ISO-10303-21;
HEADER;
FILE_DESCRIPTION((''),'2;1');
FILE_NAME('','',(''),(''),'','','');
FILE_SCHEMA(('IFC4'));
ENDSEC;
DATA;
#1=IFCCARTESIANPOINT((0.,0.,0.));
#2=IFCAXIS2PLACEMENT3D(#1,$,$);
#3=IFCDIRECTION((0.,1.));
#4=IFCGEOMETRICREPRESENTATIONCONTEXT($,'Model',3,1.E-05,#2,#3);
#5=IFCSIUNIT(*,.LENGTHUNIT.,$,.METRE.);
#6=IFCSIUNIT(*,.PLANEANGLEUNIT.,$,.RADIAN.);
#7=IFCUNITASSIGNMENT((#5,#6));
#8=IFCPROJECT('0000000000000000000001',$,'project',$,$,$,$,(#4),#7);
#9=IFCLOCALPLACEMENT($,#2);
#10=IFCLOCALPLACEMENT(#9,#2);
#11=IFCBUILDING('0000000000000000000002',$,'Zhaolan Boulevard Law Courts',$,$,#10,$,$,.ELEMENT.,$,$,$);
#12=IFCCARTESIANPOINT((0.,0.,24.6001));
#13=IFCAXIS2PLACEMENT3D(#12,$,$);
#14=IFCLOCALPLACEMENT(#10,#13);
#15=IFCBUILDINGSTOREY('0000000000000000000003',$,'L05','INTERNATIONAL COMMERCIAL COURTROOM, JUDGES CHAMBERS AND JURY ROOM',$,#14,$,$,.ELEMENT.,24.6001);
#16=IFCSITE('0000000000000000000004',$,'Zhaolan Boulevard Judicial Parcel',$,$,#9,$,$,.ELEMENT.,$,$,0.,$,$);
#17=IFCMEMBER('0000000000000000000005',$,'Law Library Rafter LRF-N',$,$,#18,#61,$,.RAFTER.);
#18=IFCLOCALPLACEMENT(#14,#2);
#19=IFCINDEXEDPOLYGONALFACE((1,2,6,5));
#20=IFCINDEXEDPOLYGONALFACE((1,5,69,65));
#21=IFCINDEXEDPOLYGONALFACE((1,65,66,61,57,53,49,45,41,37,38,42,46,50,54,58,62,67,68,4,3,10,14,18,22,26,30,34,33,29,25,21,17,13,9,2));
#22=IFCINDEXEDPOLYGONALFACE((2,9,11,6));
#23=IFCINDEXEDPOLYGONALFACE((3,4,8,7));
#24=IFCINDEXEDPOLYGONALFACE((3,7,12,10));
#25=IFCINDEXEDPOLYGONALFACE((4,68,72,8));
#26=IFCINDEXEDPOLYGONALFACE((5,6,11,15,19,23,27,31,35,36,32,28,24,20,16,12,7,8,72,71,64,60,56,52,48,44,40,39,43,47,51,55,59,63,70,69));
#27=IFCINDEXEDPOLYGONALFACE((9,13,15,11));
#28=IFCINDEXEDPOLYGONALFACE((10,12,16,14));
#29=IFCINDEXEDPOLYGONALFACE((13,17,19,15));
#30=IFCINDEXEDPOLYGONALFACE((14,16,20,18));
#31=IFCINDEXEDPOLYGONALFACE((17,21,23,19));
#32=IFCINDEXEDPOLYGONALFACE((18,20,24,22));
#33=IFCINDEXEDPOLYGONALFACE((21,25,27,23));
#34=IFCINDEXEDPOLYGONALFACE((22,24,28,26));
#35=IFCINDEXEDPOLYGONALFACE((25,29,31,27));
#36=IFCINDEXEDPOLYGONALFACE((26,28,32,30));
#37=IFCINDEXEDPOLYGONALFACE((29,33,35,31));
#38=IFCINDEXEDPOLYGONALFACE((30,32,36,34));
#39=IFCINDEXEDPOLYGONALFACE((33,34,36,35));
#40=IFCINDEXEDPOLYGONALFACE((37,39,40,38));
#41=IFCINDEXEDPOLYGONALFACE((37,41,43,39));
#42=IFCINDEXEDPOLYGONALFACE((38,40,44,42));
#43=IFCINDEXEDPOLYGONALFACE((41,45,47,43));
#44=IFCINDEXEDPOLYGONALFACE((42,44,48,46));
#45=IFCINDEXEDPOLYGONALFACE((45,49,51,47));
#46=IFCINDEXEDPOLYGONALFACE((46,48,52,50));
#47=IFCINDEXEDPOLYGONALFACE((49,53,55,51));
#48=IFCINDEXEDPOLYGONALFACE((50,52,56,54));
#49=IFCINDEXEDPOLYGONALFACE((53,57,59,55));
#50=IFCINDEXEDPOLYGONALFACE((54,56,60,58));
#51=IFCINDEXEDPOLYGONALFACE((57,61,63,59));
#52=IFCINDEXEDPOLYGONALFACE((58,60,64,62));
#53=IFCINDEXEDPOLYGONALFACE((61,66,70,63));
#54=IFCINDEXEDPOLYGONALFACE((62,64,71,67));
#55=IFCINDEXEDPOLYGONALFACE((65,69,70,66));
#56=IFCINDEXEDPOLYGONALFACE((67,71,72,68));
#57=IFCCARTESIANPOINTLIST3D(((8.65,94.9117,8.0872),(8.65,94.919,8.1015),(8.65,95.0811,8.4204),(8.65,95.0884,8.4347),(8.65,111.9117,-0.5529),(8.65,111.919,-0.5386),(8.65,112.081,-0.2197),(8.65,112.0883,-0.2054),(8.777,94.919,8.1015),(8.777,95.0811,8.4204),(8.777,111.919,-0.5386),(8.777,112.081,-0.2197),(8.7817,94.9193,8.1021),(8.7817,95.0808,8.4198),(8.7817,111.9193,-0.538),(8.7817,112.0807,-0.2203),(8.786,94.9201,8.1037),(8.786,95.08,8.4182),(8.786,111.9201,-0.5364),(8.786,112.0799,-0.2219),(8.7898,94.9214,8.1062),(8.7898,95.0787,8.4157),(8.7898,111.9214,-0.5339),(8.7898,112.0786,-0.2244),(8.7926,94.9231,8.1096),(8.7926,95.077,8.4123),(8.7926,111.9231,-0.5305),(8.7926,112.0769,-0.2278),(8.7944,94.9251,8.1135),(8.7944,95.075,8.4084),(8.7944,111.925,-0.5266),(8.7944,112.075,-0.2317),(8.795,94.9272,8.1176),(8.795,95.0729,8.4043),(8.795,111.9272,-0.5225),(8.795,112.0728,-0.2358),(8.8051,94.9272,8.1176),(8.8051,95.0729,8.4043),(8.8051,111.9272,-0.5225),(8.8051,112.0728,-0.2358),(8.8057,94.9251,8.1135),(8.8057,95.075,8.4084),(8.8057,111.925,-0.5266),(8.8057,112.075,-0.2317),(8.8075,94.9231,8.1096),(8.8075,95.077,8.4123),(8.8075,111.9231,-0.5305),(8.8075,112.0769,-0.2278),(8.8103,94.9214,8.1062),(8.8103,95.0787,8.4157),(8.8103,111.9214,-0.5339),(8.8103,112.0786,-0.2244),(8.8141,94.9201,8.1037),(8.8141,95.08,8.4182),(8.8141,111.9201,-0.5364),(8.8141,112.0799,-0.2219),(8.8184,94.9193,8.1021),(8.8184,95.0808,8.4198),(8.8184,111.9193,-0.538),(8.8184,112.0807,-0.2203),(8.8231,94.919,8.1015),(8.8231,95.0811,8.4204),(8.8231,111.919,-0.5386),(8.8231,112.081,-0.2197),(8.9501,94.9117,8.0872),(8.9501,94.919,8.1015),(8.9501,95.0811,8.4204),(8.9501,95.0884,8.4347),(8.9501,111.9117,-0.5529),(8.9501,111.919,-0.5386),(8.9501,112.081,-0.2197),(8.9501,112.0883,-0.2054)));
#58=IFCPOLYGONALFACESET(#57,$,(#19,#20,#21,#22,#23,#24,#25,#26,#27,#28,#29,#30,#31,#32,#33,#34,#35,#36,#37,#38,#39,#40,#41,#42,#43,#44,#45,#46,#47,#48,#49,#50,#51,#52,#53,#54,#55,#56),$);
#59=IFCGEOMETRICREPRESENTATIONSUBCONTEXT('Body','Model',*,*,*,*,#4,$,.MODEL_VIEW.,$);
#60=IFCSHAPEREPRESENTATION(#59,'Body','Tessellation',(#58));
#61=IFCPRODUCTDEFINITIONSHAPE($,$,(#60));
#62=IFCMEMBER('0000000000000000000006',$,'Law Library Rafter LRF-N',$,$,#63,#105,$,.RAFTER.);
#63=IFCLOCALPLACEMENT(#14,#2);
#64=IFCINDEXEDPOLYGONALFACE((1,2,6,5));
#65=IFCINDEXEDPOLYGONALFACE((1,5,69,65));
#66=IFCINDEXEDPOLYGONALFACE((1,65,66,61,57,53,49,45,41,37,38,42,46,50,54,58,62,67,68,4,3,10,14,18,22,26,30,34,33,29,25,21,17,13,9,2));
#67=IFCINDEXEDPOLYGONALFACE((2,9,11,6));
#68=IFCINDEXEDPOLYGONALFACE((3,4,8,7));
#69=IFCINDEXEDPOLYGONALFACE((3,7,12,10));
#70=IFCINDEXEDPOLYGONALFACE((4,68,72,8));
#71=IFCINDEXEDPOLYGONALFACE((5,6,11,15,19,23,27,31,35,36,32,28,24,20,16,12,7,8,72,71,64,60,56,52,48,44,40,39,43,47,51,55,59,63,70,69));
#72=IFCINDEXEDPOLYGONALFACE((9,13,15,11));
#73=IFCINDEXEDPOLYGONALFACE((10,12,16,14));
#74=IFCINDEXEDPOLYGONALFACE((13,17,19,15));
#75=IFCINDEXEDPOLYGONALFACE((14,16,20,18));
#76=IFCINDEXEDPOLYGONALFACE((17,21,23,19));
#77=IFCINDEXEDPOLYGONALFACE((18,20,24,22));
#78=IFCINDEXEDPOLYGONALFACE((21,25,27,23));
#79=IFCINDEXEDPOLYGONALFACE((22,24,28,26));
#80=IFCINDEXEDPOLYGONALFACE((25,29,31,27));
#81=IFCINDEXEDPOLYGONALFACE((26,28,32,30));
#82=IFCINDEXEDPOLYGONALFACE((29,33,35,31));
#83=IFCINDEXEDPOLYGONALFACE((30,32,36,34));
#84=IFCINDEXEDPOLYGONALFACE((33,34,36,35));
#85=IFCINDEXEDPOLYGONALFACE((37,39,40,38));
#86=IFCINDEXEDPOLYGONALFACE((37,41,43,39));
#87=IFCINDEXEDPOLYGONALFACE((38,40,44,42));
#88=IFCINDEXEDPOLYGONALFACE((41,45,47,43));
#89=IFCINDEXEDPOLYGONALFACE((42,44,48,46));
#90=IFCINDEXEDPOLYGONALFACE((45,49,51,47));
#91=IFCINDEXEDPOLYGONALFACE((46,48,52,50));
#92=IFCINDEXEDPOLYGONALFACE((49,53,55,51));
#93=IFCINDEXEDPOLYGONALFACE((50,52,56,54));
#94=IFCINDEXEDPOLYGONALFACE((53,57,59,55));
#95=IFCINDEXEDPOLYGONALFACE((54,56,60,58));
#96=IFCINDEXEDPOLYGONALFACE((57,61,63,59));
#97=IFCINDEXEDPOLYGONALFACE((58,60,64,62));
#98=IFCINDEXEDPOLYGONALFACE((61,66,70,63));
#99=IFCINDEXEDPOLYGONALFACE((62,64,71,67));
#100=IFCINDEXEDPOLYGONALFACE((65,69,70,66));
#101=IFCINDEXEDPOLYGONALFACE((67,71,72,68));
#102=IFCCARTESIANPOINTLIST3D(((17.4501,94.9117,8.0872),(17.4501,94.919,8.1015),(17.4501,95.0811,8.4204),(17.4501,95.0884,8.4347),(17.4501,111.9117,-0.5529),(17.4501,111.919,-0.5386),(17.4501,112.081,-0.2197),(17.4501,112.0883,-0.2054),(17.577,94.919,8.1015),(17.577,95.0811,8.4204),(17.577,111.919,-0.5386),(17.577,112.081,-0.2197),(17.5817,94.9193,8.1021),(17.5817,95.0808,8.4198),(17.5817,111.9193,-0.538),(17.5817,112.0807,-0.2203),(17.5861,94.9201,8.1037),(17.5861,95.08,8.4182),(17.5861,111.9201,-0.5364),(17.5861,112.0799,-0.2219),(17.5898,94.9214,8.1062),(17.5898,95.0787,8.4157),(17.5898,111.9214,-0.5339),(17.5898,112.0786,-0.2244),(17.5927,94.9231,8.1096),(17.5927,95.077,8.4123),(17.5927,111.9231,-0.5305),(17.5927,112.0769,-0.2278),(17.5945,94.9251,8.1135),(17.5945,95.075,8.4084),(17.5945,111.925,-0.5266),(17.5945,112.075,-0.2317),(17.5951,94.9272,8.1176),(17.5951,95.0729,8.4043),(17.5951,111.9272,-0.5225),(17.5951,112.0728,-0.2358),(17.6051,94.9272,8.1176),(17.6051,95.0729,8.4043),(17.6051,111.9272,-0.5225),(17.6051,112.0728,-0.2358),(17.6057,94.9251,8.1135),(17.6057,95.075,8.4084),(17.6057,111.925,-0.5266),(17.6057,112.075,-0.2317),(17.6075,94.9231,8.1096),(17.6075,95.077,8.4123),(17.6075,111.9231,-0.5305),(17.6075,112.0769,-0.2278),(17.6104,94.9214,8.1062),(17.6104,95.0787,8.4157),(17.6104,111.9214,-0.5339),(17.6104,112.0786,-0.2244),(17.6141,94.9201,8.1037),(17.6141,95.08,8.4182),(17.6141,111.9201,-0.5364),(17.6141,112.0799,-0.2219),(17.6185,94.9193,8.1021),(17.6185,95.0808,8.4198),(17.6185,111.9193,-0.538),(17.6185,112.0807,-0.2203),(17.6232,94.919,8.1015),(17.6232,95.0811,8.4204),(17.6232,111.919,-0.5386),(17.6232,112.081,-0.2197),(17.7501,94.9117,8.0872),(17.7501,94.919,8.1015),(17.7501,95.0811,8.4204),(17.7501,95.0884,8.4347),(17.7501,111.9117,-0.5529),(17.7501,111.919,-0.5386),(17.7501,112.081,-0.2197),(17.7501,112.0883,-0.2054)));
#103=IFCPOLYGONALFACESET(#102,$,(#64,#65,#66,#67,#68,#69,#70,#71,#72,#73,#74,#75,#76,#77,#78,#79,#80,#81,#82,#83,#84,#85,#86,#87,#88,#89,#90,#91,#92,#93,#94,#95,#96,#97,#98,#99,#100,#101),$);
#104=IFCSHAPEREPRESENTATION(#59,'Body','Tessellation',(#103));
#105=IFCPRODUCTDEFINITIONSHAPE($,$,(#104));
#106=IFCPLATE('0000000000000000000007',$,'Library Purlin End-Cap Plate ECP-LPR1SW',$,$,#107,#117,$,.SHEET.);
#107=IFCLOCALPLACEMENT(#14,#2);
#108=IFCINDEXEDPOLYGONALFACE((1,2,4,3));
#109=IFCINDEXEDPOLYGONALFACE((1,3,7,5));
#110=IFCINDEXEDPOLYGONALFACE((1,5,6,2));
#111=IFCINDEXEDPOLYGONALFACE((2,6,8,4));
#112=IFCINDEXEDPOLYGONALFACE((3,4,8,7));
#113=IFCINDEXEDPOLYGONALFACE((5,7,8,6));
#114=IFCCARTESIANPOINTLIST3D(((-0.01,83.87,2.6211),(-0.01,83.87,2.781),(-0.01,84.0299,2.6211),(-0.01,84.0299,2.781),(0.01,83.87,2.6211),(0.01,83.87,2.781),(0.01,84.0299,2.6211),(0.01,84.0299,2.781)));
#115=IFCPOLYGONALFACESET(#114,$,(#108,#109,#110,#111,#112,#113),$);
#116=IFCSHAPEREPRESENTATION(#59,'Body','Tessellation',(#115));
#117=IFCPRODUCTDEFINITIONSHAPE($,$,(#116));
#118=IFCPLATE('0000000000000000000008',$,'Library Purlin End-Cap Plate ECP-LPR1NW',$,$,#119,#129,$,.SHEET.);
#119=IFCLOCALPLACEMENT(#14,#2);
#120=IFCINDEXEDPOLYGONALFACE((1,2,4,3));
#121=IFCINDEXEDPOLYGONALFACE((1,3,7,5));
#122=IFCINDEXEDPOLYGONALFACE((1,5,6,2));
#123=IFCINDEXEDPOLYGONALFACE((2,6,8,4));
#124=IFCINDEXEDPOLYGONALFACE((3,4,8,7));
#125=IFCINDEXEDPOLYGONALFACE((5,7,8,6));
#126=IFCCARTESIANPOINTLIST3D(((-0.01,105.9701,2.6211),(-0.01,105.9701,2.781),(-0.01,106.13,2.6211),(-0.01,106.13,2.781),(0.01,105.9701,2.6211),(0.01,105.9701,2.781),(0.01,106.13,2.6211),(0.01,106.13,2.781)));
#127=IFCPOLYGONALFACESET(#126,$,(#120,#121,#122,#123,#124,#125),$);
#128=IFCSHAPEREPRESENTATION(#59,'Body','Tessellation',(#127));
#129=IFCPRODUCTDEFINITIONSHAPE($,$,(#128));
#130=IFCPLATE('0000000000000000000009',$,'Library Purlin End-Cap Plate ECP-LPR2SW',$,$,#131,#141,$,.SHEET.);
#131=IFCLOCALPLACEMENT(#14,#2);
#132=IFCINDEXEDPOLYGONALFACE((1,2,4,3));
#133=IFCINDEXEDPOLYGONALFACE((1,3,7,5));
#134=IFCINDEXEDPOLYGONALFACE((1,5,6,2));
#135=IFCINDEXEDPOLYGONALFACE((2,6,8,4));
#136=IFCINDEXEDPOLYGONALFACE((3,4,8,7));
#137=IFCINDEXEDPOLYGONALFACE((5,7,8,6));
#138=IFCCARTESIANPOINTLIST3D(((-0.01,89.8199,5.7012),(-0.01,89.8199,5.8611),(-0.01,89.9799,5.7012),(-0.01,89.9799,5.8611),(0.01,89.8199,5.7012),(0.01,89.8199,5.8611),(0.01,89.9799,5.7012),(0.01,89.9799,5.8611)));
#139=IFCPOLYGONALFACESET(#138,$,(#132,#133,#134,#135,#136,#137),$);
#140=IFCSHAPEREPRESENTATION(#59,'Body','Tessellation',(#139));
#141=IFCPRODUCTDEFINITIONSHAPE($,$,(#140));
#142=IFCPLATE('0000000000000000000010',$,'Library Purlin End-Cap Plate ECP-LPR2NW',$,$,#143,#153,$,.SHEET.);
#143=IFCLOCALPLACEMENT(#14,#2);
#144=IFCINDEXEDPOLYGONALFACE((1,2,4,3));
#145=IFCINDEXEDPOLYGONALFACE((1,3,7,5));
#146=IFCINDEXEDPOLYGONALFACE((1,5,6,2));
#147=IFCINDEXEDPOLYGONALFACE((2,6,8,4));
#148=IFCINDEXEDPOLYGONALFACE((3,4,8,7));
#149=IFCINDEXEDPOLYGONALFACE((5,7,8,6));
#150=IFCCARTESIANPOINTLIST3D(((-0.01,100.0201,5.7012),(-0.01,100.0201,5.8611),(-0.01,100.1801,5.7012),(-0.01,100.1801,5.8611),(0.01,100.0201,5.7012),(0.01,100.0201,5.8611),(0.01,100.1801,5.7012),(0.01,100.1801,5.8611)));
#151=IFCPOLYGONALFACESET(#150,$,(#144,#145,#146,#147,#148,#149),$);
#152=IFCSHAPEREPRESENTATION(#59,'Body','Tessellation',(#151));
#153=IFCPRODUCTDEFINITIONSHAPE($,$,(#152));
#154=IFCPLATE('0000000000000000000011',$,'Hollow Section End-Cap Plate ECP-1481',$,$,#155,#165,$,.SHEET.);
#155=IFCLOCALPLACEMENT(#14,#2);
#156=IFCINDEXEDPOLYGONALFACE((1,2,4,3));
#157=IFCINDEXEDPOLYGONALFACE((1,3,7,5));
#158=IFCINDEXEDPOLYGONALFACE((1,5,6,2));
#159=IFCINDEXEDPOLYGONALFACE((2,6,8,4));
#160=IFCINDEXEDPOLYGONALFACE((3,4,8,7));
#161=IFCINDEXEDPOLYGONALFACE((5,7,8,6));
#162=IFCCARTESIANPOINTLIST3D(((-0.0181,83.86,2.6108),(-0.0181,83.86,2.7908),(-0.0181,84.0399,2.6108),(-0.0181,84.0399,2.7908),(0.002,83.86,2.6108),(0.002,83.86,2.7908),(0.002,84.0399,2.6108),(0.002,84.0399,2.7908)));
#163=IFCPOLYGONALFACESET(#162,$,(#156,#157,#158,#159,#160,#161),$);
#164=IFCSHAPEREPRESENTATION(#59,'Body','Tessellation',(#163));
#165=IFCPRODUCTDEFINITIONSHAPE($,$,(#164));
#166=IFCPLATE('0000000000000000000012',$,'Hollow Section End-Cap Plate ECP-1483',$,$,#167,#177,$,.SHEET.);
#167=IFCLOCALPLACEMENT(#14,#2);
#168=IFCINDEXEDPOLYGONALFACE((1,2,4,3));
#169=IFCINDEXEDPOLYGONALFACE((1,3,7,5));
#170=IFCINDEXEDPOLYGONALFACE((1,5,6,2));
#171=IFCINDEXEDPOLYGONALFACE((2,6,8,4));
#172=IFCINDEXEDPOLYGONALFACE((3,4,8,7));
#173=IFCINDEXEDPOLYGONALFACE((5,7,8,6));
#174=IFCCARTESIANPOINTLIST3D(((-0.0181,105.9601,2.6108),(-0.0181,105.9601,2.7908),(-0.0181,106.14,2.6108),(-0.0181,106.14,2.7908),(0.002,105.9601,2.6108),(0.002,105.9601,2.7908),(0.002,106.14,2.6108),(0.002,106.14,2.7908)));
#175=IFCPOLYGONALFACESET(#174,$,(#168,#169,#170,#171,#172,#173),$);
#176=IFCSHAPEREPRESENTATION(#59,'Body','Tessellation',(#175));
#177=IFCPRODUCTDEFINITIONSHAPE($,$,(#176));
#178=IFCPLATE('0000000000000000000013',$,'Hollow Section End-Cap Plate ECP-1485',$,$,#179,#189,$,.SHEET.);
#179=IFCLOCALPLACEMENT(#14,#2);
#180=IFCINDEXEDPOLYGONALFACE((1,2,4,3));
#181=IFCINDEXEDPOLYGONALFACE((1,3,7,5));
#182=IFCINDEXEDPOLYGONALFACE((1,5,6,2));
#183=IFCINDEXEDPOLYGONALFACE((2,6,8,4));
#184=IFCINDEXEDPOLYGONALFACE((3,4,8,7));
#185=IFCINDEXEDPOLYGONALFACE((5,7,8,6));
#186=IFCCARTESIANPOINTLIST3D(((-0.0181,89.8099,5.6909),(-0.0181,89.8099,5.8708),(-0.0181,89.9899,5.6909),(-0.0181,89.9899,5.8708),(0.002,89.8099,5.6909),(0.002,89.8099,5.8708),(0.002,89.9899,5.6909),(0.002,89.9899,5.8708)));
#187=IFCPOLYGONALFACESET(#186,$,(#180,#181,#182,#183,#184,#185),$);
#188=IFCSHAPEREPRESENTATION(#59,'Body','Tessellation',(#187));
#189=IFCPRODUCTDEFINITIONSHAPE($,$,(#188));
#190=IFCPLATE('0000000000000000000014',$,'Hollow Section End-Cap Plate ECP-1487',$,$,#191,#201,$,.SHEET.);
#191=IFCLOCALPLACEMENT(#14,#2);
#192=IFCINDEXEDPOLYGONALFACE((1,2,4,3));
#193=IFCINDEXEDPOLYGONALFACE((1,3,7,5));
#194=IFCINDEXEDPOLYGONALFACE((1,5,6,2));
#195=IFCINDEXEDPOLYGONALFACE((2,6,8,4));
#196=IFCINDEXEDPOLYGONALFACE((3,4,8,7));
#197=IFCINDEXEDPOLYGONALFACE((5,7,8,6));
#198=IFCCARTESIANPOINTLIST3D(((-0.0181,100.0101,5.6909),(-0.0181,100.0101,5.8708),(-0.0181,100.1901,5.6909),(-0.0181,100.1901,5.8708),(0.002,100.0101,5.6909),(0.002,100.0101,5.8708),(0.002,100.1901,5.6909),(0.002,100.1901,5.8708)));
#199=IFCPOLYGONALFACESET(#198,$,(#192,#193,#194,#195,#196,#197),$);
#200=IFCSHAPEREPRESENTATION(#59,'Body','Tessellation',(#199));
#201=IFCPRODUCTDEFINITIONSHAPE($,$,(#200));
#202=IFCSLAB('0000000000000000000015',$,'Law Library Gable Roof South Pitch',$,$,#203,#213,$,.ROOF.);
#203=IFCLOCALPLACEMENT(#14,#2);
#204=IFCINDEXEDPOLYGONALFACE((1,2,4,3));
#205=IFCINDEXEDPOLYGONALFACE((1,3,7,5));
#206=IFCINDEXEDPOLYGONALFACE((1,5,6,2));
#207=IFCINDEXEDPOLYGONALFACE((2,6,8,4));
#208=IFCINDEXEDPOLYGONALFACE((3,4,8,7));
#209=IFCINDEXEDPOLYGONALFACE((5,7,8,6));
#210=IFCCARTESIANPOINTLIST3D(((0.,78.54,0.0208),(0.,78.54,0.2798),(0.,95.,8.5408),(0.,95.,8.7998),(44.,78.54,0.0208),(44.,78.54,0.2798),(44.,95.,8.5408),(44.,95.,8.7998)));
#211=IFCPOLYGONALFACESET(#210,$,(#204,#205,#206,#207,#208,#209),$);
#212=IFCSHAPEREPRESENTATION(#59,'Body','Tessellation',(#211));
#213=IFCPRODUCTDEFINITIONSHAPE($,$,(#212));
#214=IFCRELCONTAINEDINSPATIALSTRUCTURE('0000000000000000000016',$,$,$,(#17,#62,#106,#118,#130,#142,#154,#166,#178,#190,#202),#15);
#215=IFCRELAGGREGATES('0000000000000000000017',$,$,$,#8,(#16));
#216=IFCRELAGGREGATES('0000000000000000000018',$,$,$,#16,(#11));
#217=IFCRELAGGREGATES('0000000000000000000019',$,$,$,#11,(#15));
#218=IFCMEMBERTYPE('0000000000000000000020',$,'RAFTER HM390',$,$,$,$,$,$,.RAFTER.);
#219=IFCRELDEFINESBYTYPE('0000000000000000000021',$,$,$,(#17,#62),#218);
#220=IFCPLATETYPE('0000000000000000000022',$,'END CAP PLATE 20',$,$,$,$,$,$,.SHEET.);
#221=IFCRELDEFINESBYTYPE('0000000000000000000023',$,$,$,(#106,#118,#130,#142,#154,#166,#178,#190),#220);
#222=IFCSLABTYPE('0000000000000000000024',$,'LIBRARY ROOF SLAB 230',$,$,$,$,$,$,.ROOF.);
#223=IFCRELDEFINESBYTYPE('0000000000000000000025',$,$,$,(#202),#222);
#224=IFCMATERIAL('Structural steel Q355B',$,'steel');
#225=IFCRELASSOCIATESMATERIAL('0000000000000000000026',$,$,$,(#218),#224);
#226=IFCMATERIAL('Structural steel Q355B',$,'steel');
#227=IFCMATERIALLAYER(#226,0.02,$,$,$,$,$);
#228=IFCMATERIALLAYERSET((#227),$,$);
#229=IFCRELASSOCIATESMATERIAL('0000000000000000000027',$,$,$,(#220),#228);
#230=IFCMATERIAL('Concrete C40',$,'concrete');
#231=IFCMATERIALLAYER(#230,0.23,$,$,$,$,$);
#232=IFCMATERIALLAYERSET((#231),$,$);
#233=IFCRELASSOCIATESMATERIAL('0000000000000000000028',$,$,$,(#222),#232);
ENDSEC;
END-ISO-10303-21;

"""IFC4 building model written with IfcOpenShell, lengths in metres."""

from ifc_helpers import new_model, si_unit, direction, frame, origin, origin_2d, place, context, subcontext, project, spatial, polyline, rectangle, i_section, outline, extrude, material, layer, layer_set, material_profile, profile_set, type_object, element, save


model = new_model("IFC4")

# Units and contexts
model_context = context("Model", 3, precision=1e-05, world=origin(), true_north=direction((0.0, 1.0)))
body_context = subcontext(model_context, "Body", "Model", "MODEL_VIEW")
ifc_project = project(units=[si_unit("LENGTHUNIT", "METRE"), si_unit("PLANEANGLEUNIT", "RADIAN")], contexts=[model_context])

# Site, building, storey
site_placement = place(None, origin())
site = spatial("IfcSite", under=ifc_project, at=site_placement, Name="Zhaolan Boulevard Judicial Parcel", CompositionType="ELEMENT", RefElevation=0.0)
building_placement = place(site_placement, origin())
building = spatial("IfcBuilding", under=site, at=building_placement, Name="Zhaolan Boulevard Law Courts", CompositionType="ELEMENT")
storey_placement = place(building_placement, frame((0.0, 0.0, 24.6001)))
storey = spatial("IfcBuildingStorey", under=building, at=storey_placement, Name="L05", Description="INTERNATIONAL COMMERCIAL COURTROOM, JUDGES CHAMBERS AND JURY ROOM", CompositionType="ELEMENT", Elevation=24.6001)

# Members
ifc_material_1 = material(Name="Structural steel Q355B", Category="steel")
ifc_material_profile_1 = material_profile(ifc_material_1, i_section(OverallWidth=0.3, OverallDepth=0.3899, WebThickness=0.01, FlangeThickness=0.0161, FilletRadius=0.0181, at=origin_2d()), Name="HM390x300")
ifc_profile_set_1 = profile_set([ifc_material_profile_1], Name="Structural steel Q355B")
member_type_1 = type_object("IfcMemberType", Name="RAFTER HM390", PredefinedType="RAFTER", material=ifc_profile_set_1)
for number, where, z_axis, x_axis, name in (
    (1, (8.8, 112.0, -0.3792), (0.0, -0.891468, 0.453083), (1.0, 0.0, 0.0), "Law Library Rafter LRF-N"),
    (2, (17.6001, 112.0, -0.3792), (0.0, -0.891468, 0.453083), (1.0, 0.0, 0.0), "Law Library Rafter LRF-N"),
):
    element("IfcMember", number, at=place(storey_placement, frame(where, z_axis=z_axis, x_axis=x_axis)), inside=storey, type_object=member_type_1, Name=name, PredefinedType="RAFTER", context=body_context, shape_type="SweptSolid", body=[
        extrude(i_section(OverallWidth=0.3, OverallDepth=0.3899, WebThickness=0.01, FlangeThickness=0.0161, FilletRadius=0.0181, at=origin_2d()), origin(), (0.0, 0.0, 1.0), 19.0696),
    ])

# Plates
ifc_material_2 = material(Name="Structural steel Q355B", Category="steel")
ifc_layer_1 = layer(ifc_material_2, 0.02)
ifc_layer_set_1 = layer_set([ifc_layer_1])
plate_type = type_object("IfcPlateType", Name="END CAP PLATE 20", PredefinedType="SHEET", material=ifc_layer_set_1)
for number, where, z_axis, x_axis, name in (
    (3, (0.0, 83.95, 2.6211), (0.0, 0.0, 1.0), (1.0, 0.0, 0.0), "Library Purlin End-Cap Plate ECP-LPR1SW"),
    (4, (0.0, 106.05, 2.6211), (0.0, 0.0, 1.0), (1.0, 0.0, 0.0), "Library Purlin End-Cap Plate ECP-LPR1NW"),
    (5, (0.0, 89.8999, 5.7012), (0.0, 0.0, 1.0), (1.0, 0.0, 0.0), "Library Purlin End-Cap Plate ECP-LPR2SW"),
    (6, (0.0, 100.1001, 5.7012), (0.0, 0.0, 1.0), (1.0, 0.0, 0.0), "Library Purlin End-Cap Plate ECP-LPR2NW"),
):
    element("IfcPlate", number, at=place(storey_placement, frame(where, z_axis=z_axis, x_axis=x_axis)), inside=storey, type_object=plate_type, Name=name, PredefinedType="SHEET", context=body_context, shape_type="SweptSolid", body=[
        extrude(rectangle(XDim=0.02, YDim=0.1599, at=origin_2d()), origin(), (0.0, 0.0, 1.0), 0.1599),
    ])
for number, where, z_axis, x_axis, name in (
    (7, (-0.0081, 83.95, 2.6108), (0.0, 0.0, 1.0), (1.0, 0.0, 0.0), "Hollow Section End-Cap Plate ECP-1481"),
    (8, (-0.0081, 106.05, 2.6108), (0.0, 0.0, 1.0), (1.0, 0.0, 0.0), "Hollow Section End-Cap Plate ECP-1483"),
    (9, (-0.0081, 89.8999, 5.6909), (0.0, 0.0, 1.0), (1.0, 0.0, 0.0), "Hollow Section End-Cap Plate ECP-1485"),
    (10, (-0.0081, 100.1001, 5.6909), (0.0, 0.0, 1.0), (1.0, 0.0, 0.0), "Hollow Section End-Cap Plate ECP-1487"),
):
    element("IfcPlate", number, at=place(storey_placement, frame(where, z_axis=z_axis, x_axis=x_axis)), inside=storey, type_object=plate_type, Name=name, PredefinedType="SHEET", context=body_context, shape_type="SweptSolid", body=[
        extrude(rectangle(XDim=0.02, YDim=0.1799, at=origin_2d()), origin(), (0.0, 0.0, 1.0), 0.1799),
    ])

# Slab
ifc_material_3 = material(Name="Concrete C40", Category="concrete")
ifc_layer_2 = layer(ifc_material_3, 0.23)
ifc_layer_set_2 = layer_set([ifc_layer_2])
slab_type = type_object("IfcSlabType", Name="LIBRARY ROOF SLAB 230", PredefinedType="ROOF", material=ifc_layer_set_2)
slab_1_placement = place(storey_placement, frame((0.0, 78.54, 0.2798), z_axis=(1.0, 0.0, 0.0), x_axis=(0.0, 1.0, 0.0)))
element("IfcSlab", 11, at=slab_1_placement, inside=storey, type_object=slab_type, Name="Law Library Gable Roof South Pitch", PredefinedType="ROOF", context=body_context, shape_type="SweptSolid", body=[
    extrude(outline(polyline([(0.0, 0.0), (16.46, 8.52), (16.46, 8.261), (0.0, -0.259), (0.0, 0.0)])), origin(), (0.0, 0.0, 1.0), 44.0),
])

save(model, "model.ifc")
